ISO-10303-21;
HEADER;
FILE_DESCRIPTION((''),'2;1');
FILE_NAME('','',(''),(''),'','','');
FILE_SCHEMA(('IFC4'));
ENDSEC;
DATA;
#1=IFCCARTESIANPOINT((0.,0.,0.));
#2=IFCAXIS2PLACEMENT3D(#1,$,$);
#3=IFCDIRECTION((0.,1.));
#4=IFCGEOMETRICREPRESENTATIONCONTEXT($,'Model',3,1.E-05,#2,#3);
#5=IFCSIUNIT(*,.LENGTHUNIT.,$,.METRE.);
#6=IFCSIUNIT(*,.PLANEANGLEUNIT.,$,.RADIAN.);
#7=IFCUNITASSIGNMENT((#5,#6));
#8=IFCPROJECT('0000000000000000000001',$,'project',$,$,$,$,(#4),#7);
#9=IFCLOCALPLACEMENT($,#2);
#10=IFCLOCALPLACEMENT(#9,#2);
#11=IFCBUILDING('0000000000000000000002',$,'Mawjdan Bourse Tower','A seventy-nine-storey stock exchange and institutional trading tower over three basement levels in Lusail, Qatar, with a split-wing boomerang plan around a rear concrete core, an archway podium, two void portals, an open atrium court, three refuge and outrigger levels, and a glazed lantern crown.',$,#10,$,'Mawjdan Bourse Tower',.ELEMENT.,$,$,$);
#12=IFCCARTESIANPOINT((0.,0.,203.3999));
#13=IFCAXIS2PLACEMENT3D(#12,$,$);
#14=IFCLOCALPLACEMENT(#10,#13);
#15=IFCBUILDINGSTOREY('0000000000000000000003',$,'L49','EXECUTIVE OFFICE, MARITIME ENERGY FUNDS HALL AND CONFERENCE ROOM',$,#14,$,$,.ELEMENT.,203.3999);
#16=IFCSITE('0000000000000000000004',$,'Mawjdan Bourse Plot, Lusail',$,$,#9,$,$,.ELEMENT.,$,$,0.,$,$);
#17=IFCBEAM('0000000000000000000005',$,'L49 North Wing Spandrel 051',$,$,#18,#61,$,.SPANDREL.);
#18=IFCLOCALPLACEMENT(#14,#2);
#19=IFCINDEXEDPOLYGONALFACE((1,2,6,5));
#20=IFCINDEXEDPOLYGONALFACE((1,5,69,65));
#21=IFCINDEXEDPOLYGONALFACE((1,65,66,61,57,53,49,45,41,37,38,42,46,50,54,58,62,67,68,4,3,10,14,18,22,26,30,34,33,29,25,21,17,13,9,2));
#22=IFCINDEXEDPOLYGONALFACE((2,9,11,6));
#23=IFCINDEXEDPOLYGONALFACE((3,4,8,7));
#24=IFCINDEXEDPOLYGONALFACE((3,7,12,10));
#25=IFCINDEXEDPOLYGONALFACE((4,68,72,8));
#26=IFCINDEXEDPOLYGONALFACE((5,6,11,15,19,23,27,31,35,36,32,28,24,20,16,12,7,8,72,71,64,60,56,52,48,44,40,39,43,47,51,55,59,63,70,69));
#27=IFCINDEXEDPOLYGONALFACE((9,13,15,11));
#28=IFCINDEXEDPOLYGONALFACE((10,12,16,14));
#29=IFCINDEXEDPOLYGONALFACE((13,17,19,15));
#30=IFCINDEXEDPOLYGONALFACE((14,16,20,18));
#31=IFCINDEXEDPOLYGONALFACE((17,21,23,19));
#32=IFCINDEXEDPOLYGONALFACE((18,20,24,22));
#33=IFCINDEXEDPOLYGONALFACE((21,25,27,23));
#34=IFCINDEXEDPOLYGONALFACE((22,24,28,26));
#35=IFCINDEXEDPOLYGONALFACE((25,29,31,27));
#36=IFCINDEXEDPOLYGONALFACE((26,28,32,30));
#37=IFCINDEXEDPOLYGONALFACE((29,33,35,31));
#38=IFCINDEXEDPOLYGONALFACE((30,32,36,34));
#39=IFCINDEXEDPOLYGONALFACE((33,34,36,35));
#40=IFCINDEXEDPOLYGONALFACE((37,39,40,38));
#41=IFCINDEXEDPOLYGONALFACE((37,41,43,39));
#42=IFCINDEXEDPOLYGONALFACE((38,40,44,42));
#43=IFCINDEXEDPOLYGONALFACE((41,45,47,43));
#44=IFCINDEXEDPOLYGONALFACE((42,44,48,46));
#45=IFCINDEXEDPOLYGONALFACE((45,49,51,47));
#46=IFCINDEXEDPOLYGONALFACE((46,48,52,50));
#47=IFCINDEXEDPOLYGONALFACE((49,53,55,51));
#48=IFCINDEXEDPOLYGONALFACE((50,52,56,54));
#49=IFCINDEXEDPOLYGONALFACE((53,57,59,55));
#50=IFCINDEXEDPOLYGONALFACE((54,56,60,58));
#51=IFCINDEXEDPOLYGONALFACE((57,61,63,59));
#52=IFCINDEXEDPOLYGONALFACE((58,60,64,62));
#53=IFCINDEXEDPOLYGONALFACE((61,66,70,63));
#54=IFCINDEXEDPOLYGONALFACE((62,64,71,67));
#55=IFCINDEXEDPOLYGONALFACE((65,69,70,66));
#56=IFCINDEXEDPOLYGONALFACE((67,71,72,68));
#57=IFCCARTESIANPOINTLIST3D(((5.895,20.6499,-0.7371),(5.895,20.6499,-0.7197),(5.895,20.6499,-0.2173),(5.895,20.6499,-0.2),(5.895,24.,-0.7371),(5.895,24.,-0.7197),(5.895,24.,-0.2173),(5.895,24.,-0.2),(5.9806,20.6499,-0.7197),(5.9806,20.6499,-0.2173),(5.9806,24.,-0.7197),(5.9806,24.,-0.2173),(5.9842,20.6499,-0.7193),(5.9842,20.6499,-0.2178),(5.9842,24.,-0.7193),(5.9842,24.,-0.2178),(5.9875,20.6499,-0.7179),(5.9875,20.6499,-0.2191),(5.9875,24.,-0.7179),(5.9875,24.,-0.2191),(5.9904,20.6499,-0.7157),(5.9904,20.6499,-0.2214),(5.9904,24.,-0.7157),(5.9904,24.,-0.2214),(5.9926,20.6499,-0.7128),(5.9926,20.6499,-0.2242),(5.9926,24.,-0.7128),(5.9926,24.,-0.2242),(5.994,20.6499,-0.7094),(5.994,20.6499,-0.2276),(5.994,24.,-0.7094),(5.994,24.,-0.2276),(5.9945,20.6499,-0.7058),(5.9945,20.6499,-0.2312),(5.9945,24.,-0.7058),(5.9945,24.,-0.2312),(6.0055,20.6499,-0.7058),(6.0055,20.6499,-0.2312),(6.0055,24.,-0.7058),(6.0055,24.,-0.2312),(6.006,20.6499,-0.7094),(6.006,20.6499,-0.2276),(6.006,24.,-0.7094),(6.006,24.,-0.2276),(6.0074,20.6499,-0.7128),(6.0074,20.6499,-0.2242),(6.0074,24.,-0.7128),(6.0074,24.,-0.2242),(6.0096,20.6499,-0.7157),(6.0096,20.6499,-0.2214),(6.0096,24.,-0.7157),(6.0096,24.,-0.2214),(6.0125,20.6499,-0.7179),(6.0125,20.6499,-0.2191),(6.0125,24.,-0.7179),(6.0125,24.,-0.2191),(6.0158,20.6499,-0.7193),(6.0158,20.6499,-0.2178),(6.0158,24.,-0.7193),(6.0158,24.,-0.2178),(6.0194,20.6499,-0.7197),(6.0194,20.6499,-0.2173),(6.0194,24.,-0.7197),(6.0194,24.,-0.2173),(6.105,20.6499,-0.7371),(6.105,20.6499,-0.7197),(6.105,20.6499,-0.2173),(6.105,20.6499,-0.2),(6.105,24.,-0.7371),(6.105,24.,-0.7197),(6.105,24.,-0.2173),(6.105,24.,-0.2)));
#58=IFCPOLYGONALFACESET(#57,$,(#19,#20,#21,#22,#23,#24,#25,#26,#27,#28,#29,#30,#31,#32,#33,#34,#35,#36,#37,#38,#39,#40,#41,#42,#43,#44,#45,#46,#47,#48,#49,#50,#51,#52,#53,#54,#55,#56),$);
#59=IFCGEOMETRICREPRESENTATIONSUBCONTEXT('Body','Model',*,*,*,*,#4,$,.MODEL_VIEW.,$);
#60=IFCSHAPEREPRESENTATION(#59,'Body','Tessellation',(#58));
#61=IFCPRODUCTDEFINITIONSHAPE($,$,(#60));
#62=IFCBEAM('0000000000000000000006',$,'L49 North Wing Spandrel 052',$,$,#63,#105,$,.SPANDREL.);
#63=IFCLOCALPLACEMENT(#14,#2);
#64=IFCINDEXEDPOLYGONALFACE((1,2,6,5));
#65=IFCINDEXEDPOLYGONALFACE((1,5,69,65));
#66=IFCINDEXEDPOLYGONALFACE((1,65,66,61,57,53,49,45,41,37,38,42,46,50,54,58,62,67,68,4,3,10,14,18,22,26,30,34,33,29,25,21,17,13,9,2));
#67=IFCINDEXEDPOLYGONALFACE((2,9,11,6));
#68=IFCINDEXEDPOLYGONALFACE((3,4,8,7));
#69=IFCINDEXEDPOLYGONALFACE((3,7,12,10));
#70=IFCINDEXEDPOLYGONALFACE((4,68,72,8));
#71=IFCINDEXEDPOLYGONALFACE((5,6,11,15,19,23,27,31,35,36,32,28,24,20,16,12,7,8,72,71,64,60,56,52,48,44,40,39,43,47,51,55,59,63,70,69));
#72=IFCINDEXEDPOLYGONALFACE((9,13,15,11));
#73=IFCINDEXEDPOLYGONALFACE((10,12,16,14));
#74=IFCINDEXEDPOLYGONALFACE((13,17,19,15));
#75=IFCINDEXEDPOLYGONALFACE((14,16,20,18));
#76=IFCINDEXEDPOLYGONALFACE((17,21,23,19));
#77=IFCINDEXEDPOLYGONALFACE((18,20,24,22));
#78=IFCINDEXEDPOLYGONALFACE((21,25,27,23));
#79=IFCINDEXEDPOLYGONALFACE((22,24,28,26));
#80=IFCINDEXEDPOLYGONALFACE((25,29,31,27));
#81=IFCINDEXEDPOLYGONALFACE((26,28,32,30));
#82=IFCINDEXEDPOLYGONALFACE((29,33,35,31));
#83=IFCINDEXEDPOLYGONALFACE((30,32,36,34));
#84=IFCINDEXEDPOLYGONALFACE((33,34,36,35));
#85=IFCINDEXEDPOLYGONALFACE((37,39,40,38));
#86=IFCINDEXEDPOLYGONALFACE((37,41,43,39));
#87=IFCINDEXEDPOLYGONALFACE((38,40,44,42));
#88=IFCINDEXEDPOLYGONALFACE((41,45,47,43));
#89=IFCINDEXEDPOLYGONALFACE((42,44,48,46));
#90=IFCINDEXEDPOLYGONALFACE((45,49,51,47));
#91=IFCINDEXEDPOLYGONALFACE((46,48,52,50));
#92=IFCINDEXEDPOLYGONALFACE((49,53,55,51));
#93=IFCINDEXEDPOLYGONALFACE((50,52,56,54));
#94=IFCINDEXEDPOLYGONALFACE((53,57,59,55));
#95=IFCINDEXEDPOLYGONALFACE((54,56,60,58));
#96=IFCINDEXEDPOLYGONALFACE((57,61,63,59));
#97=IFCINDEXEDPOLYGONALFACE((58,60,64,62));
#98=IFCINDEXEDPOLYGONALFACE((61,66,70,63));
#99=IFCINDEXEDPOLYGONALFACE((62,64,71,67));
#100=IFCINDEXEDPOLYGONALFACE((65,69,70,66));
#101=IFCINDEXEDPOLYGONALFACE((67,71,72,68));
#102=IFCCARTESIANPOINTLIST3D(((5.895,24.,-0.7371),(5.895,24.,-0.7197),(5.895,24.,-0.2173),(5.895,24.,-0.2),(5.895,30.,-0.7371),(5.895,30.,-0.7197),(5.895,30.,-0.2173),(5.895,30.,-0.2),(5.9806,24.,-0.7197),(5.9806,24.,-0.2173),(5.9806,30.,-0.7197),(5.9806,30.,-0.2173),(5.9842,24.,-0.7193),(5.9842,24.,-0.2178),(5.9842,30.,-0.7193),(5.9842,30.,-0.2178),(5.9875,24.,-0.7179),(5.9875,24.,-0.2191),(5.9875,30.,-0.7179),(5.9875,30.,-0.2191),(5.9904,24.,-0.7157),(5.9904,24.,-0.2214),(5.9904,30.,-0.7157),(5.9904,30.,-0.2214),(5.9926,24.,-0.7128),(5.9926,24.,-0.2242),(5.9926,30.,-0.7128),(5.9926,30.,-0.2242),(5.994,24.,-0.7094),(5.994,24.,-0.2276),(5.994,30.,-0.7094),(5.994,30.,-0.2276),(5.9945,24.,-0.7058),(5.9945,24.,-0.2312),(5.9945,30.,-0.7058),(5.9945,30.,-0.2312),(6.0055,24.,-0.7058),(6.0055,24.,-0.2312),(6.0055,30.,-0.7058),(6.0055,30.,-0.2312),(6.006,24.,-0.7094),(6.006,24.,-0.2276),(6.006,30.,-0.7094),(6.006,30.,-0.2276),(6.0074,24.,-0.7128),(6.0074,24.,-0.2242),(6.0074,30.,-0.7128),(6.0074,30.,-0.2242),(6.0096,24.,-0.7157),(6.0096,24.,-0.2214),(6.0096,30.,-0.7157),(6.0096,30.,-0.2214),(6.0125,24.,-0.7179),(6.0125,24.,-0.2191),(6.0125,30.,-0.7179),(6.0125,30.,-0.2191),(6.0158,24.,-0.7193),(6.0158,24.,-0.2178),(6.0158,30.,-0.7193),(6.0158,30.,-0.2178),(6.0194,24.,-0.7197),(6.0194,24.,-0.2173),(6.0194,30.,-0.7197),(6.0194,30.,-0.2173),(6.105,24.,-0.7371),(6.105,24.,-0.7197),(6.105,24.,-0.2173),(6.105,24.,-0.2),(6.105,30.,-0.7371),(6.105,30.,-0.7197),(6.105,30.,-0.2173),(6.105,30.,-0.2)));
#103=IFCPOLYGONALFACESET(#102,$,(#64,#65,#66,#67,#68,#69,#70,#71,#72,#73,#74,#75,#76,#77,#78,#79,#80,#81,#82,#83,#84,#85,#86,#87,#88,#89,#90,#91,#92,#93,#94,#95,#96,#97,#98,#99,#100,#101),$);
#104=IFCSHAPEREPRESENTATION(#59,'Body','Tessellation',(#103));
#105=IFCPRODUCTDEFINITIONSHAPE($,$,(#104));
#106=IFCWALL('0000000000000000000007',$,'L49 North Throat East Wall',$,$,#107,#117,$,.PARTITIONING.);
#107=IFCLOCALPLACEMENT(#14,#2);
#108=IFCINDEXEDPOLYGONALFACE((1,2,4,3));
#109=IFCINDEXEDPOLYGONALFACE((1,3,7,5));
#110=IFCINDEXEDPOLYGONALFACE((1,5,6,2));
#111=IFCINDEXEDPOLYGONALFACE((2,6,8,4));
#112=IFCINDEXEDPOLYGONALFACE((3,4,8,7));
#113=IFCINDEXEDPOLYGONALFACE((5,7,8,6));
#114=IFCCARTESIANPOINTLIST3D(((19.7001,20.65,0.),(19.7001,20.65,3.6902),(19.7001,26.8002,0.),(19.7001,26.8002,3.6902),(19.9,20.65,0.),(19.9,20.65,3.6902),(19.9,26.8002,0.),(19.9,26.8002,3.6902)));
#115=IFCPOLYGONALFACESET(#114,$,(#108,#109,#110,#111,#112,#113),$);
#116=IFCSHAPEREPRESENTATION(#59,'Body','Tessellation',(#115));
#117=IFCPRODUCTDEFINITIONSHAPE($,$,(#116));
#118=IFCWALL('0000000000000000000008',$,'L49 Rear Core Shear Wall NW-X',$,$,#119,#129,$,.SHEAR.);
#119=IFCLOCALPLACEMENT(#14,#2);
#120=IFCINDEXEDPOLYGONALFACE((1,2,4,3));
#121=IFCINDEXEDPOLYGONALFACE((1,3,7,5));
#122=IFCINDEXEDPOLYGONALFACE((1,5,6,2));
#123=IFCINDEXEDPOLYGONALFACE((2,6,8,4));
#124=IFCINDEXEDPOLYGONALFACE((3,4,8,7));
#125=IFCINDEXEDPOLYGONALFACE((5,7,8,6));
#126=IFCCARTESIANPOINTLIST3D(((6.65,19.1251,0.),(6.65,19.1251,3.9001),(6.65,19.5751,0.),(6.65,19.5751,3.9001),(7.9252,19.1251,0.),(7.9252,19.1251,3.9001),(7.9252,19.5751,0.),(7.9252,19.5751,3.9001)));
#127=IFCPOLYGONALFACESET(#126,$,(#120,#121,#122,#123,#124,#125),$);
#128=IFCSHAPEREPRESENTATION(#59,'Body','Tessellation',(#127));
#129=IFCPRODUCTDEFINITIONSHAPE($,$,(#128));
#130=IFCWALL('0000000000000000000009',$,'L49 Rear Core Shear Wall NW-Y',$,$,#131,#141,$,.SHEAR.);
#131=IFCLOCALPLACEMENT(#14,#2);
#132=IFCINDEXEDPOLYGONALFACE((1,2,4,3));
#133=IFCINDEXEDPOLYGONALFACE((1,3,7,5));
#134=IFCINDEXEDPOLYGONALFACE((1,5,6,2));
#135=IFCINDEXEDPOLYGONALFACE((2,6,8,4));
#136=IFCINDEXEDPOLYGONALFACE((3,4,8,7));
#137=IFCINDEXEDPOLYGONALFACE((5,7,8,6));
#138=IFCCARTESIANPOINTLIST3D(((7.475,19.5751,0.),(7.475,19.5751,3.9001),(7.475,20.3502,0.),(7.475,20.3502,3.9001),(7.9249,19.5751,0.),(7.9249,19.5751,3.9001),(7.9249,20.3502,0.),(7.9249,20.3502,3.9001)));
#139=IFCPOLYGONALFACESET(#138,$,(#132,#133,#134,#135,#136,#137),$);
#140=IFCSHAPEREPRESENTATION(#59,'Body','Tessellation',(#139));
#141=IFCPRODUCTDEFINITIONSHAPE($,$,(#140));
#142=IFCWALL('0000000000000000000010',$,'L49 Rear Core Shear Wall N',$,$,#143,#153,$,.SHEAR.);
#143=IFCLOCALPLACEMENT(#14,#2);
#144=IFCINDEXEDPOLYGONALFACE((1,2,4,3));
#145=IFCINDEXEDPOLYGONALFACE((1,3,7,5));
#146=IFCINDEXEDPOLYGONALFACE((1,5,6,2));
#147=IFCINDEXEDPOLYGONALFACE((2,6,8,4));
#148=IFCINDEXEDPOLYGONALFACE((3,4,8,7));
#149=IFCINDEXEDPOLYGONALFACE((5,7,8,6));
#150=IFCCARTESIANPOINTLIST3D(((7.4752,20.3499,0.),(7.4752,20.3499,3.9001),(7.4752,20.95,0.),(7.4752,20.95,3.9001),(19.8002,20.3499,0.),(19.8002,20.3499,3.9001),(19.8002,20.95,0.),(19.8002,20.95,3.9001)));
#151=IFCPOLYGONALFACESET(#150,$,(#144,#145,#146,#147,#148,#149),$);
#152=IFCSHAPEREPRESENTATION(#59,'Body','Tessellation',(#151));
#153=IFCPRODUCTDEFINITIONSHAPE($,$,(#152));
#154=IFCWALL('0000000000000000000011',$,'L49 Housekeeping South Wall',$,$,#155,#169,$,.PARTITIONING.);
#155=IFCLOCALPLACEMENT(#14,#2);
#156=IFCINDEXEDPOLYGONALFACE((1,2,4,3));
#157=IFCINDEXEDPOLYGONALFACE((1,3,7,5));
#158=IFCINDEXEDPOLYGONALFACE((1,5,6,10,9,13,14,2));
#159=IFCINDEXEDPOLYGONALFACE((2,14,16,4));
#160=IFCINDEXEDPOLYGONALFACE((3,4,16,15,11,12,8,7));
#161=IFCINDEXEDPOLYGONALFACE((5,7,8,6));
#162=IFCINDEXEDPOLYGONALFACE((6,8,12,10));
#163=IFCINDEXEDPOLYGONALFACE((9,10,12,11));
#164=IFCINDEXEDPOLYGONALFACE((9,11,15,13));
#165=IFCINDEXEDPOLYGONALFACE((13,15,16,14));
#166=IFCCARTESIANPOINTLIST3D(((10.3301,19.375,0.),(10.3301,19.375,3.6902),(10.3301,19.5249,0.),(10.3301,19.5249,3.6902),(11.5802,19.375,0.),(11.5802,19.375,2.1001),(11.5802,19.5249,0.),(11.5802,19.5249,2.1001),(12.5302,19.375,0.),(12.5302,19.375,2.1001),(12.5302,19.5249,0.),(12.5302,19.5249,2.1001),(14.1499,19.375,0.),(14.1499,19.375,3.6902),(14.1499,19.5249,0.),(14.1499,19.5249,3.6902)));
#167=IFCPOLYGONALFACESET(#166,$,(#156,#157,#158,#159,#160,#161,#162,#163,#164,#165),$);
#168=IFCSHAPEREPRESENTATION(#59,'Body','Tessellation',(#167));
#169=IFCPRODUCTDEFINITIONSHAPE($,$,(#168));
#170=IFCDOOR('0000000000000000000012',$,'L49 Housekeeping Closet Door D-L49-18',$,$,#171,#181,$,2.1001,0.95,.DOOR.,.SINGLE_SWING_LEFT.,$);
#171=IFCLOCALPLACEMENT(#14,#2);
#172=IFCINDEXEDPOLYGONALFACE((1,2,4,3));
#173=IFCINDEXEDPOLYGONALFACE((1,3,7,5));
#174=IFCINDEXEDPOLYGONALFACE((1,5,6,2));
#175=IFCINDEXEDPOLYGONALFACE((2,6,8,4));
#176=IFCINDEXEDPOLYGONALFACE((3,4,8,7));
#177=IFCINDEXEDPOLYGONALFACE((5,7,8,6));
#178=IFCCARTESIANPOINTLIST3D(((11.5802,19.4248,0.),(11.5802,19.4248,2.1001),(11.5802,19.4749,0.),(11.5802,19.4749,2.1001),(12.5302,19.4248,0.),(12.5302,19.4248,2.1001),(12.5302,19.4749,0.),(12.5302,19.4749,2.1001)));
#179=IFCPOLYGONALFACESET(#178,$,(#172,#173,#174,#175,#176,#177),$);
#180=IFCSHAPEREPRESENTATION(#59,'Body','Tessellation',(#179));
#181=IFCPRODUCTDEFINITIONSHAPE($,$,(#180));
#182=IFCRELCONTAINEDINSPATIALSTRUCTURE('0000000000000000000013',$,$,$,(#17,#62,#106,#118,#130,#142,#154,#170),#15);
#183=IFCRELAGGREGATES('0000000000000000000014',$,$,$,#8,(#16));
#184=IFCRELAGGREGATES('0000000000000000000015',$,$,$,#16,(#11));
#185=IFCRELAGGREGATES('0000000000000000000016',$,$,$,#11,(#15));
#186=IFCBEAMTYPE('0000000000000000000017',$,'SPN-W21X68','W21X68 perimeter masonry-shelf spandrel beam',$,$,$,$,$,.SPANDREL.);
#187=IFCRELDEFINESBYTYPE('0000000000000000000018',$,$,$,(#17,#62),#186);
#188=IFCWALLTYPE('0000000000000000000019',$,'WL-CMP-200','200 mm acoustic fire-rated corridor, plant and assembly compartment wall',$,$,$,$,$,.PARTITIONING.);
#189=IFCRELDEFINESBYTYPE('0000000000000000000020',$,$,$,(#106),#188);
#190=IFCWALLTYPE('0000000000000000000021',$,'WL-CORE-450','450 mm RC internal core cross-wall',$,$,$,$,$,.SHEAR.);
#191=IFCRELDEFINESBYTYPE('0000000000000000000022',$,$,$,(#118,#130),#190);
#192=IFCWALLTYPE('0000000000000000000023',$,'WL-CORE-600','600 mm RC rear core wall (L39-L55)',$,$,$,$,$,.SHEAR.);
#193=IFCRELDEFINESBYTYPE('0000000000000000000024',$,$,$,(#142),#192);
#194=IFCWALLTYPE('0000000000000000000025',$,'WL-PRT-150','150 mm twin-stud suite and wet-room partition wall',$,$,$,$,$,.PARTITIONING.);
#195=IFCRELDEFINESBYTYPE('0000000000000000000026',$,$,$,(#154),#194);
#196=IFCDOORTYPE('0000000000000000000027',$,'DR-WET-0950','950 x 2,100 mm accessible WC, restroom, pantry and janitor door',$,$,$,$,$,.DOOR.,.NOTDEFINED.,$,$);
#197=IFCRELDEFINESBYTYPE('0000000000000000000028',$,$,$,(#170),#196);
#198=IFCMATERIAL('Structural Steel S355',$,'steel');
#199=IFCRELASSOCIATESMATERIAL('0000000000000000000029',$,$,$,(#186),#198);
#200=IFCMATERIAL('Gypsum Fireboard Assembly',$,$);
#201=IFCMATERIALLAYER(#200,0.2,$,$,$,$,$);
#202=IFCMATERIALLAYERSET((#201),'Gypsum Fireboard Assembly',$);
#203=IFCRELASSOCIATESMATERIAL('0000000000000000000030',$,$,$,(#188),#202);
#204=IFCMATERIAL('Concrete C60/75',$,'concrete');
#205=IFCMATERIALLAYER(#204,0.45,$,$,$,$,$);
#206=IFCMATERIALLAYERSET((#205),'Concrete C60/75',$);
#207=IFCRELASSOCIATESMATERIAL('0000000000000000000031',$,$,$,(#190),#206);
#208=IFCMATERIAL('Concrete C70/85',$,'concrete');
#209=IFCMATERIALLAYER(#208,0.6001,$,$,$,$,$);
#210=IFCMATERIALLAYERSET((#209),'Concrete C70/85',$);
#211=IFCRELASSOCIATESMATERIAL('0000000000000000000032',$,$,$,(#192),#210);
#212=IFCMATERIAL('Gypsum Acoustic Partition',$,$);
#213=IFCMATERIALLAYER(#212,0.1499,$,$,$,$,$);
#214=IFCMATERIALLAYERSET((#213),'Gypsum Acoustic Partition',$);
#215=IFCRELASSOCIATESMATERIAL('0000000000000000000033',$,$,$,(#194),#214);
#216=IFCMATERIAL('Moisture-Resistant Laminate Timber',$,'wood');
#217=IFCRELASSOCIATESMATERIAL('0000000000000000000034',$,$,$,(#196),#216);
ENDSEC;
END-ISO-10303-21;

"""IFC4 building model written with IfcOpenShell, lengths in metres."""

from ifc_helpers import new_model, si_unit, direction, frame, frame_2d, origin, origin_2d, place, context, subcontext, project, spatial, rectangle, i_section, extrude, material, layer, layer_set, material_profile, profile_set, type_object, element, fill, save


model = new_model("IFC4")

# Units and contexts
model_context = context("Model", 3, precision=1e-05, world=origin(), true_north=direction((0.0, 1.0)))
body_context = subcontext(model_context, "Body", "Model", "MODEL_VIEW")
ifc_project = project(units=[si_unit("LENGTHUNIT", "METRE"), si_unit("PLANEANGLEUNIT", "RADIAN")], contexts=[model_context])

# Site, building, storey
site_placement = place(None, origin())
site = spatial("IfcSite", under=ifc_project, at=site_placement, Name="Mawjdan Bourse Plot, Lusail", CompositionType="ELEMENT", RefElevation=0.0)
building_placement = place(site_placement, origin())
building = spatial("IfcBuilding", under=site, at=building_placement, Name="Mawjdan Bourse Tower", Description="A seventy-nine-storey stock exchange and institutional trading tower over three basement levels in Lusail, Qatar, with a split-wing boomerang plan around a rear concrete core, an archway podium, two void portals, an open atrium court, three refuge and outrigger levels, and a glazed lantern crown.", LongName="Mawjdan Bourse Tower", CompositionType="ELEMENT")
storey_placement = place(building_placement, frame((0.0, 0.0, 203.3999)))
storey = spatial("IfcBuildingStorey", under=building, at=storey_placement, Name="L49", Description="EXECUTIVE OFFICE, MARITIME ENERGY FUNDS HALL AND CONFERENCE ROOM", CompositionType="ELEMENT", Elevation=203.3999)

# Shared definitions
ifc_material_1 = material(Name="Concrete C70/85", Category="concrete")

# Beams
ifc_material_2 = material(Name="Structural Steel S355", Category="steel")
ifc_material_profile_1 = material_profile(ifc_material_2, i_section(OverallWidth=0.21, OverallDepth=0.5371, WebThickness=0.011, FlangeThickness=0.0173, FilletRadius=0.0139, at=origin_2d()), Name="W21X68")
ifc_profile_set_1 = profile_set([ifc_material_profile_1], Name="Structural Steel S355")
beam_type_1 = type_object("IfcBeamType", Name="SPN-W21X68", Description="W21X68 perimeter masonry-shelf spandrel beam", PredefinedType="SPANDREL", material=ifc_profile_set_1)
beam_1_placement = place(storey_placement, frame((6.0, 20.6499, -0.4685), z_axis=(0.0, 1.0, 0.0), x_axis=(-1.0, 0.0, 0.0)))
element("IfcBeam", 1, at=beam_1_placement, inside=storey, type_object=beam_type_1, Name="L49 North Wing Spandrel 051", PredefinedType="SPANDREL", context=body_context, shape_type="SweptSolid", body=[
    extrude(i_section(OverallWidth=0.21, OverallDepth=0.5371, WebThickness=0.011, FlangeThickness=0.0173, FilletRadius=0.0139, at=origin_2d()), origin(), (0.0, 0.0, 1.0), 3.3501),
])
beam_2_placement = place(storey_placement, frame((6.0, 24.0, -0.4685), z_axis=(0.0, 1.0, 0.0), x_axis=(-1.0, 0.0, 0.0)))
element("IfcBeam", 2, at=beam_2_placement, inside=storey, type_object=beam_type_1, Name="L49 North Wing Spandrel 052", PredefinedType="SPANDREL", context=body_context, shape_type="SweptSolid", body=[
    extrude(i_section(OverallWidth=0.21, OverallDepth=0.5371, WebThickness=0.011, FlangeThickness=0.0173, FilletRadius=0.0139, at=origin_2d()), origin(), (0.0, 0.0, 1.0), 6.0),
])

# Walls
ifc_material_3 = material(Name="Gypsum Fireboard Assembly")
ifc_layer_1 = layer(ifc_material_3, 0.2)
ifc_layer_set_1 = layer_set([ifc_layer_1], Name="Gypsum Fireboard Assembly")
wall_type_1 = type_object("IfcWallType", Name="WL-CMP-200", Description="200 mm acoustic fire-rated corridor, plant and assembly compartment wall", PredefinedType="PARTITIONING", material=ifc_layer_set_1)
wall_1_placement = place(storey_placement, frame((19.8, 20.6499, 0.0), z_axis=(0.0, 0.0, 1.0), x_axis=(0.0, 1.0, 0.0)))
element("IfcWall", 3, at=wall_1_placement, inside=storey, type_object=wall_type_1, Name="L49 North Throat East Wall", PredefinedType="PARTITIONING", context=body_context, shape_type="SweptSolid", body=[
    extrude(rectangle(XDim=6.1501, YDim=0.2, at=frame_2d((3.0752, 0.0))), origin(), (0.0, 0.0, 1.0), 3.6902),
])
ifc_material_4 = material(Name="Concrete C60/75", Category="concrete")
ifc_layer_2 = layer(ifc_material_4, 0.45)
ifc_layer_set_2 = layer_set([ifc_layer_2], Name="Concrete C60/75")
wall_type_2 = type_object("IfcWallType", Name="WL-CORE-450", Description="450 mm RC internal core cross-wall", PredefinedType="SHEAR", material=ifc_layer_set_2)
wall_2_placement = place(storey_placement, frame((6.6499, 19.3501, 0.0), z_axis=(0.0, 0.0, 1.0), x_axis=(1.0, 0.0, 0.0)))
element("IfcWall", 4, at=wall_2_placement, inside=storey, type_object=wall_type_2, Name="L49 Rear Core Shear Wall NW-X", PredefinedType="SHEAR", context=body_context, shape_type="SweptSolid", body=[
    extrude(rectangle(XDim=1.2751, YDim=0.45, at=frame_2d((0.6377, 0.0))), origin(), (0.0, 0.0, 1.0), 3.9001),
])
wall_3_placement = place(storey_placement, frame((7.7, 19.575, 0.0), z_axis=(0.0, 0.0, 1.0), x_axis=(0.0, 1.0, 0.0)))
element("IfcWall", 5, at=wall_3_placement, inside=storey, type_object=wall_type_2, Name="L49 Rear Core Shear Wall NW-Y", PredefinedType="SHEAR", context=body_context, shape_type="SweptSolid", body=[
    extrude(rectangle(XDim=0.7751, YDim=0.45, at=frame_2d((0.3877, 0.0))), origin(), (0.0, 0.0, 1.0), 3.9001),
])
ifc_layer_3 = layer(ifc_material_1, 0.6001)
ifc_layer_set_3 = layer_set([ifc_layer_3], Name="Concrete C70/85")
wall_type_3 = type_object("IfcWallType", Name="WL-CORE-600", Description="600 mm RC rear core wall (L39-L55)", PredefinedType="SHEAR", material=ifc_layer_set_3)
wall_4_placement = place(storey_placement, frame((7.4751, 20.6499, 0.0), z_axis=(0.0, 0.0, 1.0), x_axis=(1.0, 0.0, 0.0)))
element("IfcWall", 6, at=wall_4_placement, inside=storey, type_object=wall_type_3, Name="L49 Rear Core Shear Wall N", PredefinedType="SHEAR", context=body_context, shape_type="SweptSolid", body=[
    extrude(rectangle(XDim=12.325, YDim=0.6001, at=frame_2d((6.1626, 0.0))), origin(), (0.0, 0.0, 1.0), 3.9001),
])

# Wall, opening, door
ifc_material_5 = material(Name="Gypsum Acoustic Partition")
ifc_layer_4 = layer(ifc_material_5, 0.1499)
ifc_layer_set_4 = layer_set([ifc_layer_4], Name="Gypsum Acoustic Partition")
wall_type_4 = type_object("IfcWallType", Name="WL-PRT-150", Description="150 mm twin-stud suite and wet-room partition wall", PredefinedType="PARTITIONING", material=ifc_layer_set_4)
wall_5_placement = place(storey_placement, frame((10.3301, 19.45, 0.0), z_axis=(0.0, 0.0, 1.0), x_axis=(1.0, 0.0, 0.0)))
wall_5 = element("IfcWall", 7, at=wall_5_placement, inside=storey, type_object=wall_type_4, Name="L49 Housekeeping South Wall", PredefinedType="PARTITIONING", context=body_context, shape_type="SweptSolid", body=[
    extrude(rectangle(XDim=3.8198, YDim=0.1499, at=frame_2d((1.9099, 0.0))), origin(), (0.0, 0.0, 1.0), 3.6902),
])
opening_1_placement = place(wall_5_placement, frame((1.25, 0.0, 0.0)))
opening_1 = element("IfcOpeningElement", 8, at=opening_1_placement, cuts=wall_5, PredefinedType="OPENING", context=body_context, shape_type="SweptSolid", body=[
    extrude(rectangle(XDim=0.95, YDim=2.1001, at=frame_2d((0.4751, 1.05))), frame((0.0, 0.085, 0.0), z_axis=(0.0, -1.0, 0.0), x_axis=(1.0, 0.0, 0.0)), (0.0, 0.0, 1.0), 0.1699),
])
ifc_material_6 = material(Name="Moisture-Resistant Laminate Timber", Category="wood")
door_type_1 = type_object("IfcDoorType", Name="DR-WET-0950", Description="950 x 2,100 mm accessible WC, restroom, pantry and janitor door", OperationType="NOTDEFINED", PredefinedType="DOOR", material=ifc_material_6)
door_1_placement = place(opening_1_placement, origin())
door_1 = element("IfcDoor", 9, at=door_1_placement, inside=storey, type_object=door_type_1, Name="L49 Housekeeping Closet Door D-L49-18", OperationType="SINGLE_SWING_LEFT", OverallHeight=2.1001, OverallWidth=0.95, PredefinedType="DOOR", context=body_context, shape_type="SweptSolid", body=[
    extrude(rectangle(XDim=0.95, YDim=2.1001, at=frame_2d((0.4751, 1.05))), frame((0.0, 0.0249, 0.0), z_axis=(0.0, -1.0, 0.0), x_axis=(1.0, 0.0, 0.0)), (0.0, 0.0, 1.0), 0.05),
])
fill(opening_1, door_1)

save(model, "model.ifc")
